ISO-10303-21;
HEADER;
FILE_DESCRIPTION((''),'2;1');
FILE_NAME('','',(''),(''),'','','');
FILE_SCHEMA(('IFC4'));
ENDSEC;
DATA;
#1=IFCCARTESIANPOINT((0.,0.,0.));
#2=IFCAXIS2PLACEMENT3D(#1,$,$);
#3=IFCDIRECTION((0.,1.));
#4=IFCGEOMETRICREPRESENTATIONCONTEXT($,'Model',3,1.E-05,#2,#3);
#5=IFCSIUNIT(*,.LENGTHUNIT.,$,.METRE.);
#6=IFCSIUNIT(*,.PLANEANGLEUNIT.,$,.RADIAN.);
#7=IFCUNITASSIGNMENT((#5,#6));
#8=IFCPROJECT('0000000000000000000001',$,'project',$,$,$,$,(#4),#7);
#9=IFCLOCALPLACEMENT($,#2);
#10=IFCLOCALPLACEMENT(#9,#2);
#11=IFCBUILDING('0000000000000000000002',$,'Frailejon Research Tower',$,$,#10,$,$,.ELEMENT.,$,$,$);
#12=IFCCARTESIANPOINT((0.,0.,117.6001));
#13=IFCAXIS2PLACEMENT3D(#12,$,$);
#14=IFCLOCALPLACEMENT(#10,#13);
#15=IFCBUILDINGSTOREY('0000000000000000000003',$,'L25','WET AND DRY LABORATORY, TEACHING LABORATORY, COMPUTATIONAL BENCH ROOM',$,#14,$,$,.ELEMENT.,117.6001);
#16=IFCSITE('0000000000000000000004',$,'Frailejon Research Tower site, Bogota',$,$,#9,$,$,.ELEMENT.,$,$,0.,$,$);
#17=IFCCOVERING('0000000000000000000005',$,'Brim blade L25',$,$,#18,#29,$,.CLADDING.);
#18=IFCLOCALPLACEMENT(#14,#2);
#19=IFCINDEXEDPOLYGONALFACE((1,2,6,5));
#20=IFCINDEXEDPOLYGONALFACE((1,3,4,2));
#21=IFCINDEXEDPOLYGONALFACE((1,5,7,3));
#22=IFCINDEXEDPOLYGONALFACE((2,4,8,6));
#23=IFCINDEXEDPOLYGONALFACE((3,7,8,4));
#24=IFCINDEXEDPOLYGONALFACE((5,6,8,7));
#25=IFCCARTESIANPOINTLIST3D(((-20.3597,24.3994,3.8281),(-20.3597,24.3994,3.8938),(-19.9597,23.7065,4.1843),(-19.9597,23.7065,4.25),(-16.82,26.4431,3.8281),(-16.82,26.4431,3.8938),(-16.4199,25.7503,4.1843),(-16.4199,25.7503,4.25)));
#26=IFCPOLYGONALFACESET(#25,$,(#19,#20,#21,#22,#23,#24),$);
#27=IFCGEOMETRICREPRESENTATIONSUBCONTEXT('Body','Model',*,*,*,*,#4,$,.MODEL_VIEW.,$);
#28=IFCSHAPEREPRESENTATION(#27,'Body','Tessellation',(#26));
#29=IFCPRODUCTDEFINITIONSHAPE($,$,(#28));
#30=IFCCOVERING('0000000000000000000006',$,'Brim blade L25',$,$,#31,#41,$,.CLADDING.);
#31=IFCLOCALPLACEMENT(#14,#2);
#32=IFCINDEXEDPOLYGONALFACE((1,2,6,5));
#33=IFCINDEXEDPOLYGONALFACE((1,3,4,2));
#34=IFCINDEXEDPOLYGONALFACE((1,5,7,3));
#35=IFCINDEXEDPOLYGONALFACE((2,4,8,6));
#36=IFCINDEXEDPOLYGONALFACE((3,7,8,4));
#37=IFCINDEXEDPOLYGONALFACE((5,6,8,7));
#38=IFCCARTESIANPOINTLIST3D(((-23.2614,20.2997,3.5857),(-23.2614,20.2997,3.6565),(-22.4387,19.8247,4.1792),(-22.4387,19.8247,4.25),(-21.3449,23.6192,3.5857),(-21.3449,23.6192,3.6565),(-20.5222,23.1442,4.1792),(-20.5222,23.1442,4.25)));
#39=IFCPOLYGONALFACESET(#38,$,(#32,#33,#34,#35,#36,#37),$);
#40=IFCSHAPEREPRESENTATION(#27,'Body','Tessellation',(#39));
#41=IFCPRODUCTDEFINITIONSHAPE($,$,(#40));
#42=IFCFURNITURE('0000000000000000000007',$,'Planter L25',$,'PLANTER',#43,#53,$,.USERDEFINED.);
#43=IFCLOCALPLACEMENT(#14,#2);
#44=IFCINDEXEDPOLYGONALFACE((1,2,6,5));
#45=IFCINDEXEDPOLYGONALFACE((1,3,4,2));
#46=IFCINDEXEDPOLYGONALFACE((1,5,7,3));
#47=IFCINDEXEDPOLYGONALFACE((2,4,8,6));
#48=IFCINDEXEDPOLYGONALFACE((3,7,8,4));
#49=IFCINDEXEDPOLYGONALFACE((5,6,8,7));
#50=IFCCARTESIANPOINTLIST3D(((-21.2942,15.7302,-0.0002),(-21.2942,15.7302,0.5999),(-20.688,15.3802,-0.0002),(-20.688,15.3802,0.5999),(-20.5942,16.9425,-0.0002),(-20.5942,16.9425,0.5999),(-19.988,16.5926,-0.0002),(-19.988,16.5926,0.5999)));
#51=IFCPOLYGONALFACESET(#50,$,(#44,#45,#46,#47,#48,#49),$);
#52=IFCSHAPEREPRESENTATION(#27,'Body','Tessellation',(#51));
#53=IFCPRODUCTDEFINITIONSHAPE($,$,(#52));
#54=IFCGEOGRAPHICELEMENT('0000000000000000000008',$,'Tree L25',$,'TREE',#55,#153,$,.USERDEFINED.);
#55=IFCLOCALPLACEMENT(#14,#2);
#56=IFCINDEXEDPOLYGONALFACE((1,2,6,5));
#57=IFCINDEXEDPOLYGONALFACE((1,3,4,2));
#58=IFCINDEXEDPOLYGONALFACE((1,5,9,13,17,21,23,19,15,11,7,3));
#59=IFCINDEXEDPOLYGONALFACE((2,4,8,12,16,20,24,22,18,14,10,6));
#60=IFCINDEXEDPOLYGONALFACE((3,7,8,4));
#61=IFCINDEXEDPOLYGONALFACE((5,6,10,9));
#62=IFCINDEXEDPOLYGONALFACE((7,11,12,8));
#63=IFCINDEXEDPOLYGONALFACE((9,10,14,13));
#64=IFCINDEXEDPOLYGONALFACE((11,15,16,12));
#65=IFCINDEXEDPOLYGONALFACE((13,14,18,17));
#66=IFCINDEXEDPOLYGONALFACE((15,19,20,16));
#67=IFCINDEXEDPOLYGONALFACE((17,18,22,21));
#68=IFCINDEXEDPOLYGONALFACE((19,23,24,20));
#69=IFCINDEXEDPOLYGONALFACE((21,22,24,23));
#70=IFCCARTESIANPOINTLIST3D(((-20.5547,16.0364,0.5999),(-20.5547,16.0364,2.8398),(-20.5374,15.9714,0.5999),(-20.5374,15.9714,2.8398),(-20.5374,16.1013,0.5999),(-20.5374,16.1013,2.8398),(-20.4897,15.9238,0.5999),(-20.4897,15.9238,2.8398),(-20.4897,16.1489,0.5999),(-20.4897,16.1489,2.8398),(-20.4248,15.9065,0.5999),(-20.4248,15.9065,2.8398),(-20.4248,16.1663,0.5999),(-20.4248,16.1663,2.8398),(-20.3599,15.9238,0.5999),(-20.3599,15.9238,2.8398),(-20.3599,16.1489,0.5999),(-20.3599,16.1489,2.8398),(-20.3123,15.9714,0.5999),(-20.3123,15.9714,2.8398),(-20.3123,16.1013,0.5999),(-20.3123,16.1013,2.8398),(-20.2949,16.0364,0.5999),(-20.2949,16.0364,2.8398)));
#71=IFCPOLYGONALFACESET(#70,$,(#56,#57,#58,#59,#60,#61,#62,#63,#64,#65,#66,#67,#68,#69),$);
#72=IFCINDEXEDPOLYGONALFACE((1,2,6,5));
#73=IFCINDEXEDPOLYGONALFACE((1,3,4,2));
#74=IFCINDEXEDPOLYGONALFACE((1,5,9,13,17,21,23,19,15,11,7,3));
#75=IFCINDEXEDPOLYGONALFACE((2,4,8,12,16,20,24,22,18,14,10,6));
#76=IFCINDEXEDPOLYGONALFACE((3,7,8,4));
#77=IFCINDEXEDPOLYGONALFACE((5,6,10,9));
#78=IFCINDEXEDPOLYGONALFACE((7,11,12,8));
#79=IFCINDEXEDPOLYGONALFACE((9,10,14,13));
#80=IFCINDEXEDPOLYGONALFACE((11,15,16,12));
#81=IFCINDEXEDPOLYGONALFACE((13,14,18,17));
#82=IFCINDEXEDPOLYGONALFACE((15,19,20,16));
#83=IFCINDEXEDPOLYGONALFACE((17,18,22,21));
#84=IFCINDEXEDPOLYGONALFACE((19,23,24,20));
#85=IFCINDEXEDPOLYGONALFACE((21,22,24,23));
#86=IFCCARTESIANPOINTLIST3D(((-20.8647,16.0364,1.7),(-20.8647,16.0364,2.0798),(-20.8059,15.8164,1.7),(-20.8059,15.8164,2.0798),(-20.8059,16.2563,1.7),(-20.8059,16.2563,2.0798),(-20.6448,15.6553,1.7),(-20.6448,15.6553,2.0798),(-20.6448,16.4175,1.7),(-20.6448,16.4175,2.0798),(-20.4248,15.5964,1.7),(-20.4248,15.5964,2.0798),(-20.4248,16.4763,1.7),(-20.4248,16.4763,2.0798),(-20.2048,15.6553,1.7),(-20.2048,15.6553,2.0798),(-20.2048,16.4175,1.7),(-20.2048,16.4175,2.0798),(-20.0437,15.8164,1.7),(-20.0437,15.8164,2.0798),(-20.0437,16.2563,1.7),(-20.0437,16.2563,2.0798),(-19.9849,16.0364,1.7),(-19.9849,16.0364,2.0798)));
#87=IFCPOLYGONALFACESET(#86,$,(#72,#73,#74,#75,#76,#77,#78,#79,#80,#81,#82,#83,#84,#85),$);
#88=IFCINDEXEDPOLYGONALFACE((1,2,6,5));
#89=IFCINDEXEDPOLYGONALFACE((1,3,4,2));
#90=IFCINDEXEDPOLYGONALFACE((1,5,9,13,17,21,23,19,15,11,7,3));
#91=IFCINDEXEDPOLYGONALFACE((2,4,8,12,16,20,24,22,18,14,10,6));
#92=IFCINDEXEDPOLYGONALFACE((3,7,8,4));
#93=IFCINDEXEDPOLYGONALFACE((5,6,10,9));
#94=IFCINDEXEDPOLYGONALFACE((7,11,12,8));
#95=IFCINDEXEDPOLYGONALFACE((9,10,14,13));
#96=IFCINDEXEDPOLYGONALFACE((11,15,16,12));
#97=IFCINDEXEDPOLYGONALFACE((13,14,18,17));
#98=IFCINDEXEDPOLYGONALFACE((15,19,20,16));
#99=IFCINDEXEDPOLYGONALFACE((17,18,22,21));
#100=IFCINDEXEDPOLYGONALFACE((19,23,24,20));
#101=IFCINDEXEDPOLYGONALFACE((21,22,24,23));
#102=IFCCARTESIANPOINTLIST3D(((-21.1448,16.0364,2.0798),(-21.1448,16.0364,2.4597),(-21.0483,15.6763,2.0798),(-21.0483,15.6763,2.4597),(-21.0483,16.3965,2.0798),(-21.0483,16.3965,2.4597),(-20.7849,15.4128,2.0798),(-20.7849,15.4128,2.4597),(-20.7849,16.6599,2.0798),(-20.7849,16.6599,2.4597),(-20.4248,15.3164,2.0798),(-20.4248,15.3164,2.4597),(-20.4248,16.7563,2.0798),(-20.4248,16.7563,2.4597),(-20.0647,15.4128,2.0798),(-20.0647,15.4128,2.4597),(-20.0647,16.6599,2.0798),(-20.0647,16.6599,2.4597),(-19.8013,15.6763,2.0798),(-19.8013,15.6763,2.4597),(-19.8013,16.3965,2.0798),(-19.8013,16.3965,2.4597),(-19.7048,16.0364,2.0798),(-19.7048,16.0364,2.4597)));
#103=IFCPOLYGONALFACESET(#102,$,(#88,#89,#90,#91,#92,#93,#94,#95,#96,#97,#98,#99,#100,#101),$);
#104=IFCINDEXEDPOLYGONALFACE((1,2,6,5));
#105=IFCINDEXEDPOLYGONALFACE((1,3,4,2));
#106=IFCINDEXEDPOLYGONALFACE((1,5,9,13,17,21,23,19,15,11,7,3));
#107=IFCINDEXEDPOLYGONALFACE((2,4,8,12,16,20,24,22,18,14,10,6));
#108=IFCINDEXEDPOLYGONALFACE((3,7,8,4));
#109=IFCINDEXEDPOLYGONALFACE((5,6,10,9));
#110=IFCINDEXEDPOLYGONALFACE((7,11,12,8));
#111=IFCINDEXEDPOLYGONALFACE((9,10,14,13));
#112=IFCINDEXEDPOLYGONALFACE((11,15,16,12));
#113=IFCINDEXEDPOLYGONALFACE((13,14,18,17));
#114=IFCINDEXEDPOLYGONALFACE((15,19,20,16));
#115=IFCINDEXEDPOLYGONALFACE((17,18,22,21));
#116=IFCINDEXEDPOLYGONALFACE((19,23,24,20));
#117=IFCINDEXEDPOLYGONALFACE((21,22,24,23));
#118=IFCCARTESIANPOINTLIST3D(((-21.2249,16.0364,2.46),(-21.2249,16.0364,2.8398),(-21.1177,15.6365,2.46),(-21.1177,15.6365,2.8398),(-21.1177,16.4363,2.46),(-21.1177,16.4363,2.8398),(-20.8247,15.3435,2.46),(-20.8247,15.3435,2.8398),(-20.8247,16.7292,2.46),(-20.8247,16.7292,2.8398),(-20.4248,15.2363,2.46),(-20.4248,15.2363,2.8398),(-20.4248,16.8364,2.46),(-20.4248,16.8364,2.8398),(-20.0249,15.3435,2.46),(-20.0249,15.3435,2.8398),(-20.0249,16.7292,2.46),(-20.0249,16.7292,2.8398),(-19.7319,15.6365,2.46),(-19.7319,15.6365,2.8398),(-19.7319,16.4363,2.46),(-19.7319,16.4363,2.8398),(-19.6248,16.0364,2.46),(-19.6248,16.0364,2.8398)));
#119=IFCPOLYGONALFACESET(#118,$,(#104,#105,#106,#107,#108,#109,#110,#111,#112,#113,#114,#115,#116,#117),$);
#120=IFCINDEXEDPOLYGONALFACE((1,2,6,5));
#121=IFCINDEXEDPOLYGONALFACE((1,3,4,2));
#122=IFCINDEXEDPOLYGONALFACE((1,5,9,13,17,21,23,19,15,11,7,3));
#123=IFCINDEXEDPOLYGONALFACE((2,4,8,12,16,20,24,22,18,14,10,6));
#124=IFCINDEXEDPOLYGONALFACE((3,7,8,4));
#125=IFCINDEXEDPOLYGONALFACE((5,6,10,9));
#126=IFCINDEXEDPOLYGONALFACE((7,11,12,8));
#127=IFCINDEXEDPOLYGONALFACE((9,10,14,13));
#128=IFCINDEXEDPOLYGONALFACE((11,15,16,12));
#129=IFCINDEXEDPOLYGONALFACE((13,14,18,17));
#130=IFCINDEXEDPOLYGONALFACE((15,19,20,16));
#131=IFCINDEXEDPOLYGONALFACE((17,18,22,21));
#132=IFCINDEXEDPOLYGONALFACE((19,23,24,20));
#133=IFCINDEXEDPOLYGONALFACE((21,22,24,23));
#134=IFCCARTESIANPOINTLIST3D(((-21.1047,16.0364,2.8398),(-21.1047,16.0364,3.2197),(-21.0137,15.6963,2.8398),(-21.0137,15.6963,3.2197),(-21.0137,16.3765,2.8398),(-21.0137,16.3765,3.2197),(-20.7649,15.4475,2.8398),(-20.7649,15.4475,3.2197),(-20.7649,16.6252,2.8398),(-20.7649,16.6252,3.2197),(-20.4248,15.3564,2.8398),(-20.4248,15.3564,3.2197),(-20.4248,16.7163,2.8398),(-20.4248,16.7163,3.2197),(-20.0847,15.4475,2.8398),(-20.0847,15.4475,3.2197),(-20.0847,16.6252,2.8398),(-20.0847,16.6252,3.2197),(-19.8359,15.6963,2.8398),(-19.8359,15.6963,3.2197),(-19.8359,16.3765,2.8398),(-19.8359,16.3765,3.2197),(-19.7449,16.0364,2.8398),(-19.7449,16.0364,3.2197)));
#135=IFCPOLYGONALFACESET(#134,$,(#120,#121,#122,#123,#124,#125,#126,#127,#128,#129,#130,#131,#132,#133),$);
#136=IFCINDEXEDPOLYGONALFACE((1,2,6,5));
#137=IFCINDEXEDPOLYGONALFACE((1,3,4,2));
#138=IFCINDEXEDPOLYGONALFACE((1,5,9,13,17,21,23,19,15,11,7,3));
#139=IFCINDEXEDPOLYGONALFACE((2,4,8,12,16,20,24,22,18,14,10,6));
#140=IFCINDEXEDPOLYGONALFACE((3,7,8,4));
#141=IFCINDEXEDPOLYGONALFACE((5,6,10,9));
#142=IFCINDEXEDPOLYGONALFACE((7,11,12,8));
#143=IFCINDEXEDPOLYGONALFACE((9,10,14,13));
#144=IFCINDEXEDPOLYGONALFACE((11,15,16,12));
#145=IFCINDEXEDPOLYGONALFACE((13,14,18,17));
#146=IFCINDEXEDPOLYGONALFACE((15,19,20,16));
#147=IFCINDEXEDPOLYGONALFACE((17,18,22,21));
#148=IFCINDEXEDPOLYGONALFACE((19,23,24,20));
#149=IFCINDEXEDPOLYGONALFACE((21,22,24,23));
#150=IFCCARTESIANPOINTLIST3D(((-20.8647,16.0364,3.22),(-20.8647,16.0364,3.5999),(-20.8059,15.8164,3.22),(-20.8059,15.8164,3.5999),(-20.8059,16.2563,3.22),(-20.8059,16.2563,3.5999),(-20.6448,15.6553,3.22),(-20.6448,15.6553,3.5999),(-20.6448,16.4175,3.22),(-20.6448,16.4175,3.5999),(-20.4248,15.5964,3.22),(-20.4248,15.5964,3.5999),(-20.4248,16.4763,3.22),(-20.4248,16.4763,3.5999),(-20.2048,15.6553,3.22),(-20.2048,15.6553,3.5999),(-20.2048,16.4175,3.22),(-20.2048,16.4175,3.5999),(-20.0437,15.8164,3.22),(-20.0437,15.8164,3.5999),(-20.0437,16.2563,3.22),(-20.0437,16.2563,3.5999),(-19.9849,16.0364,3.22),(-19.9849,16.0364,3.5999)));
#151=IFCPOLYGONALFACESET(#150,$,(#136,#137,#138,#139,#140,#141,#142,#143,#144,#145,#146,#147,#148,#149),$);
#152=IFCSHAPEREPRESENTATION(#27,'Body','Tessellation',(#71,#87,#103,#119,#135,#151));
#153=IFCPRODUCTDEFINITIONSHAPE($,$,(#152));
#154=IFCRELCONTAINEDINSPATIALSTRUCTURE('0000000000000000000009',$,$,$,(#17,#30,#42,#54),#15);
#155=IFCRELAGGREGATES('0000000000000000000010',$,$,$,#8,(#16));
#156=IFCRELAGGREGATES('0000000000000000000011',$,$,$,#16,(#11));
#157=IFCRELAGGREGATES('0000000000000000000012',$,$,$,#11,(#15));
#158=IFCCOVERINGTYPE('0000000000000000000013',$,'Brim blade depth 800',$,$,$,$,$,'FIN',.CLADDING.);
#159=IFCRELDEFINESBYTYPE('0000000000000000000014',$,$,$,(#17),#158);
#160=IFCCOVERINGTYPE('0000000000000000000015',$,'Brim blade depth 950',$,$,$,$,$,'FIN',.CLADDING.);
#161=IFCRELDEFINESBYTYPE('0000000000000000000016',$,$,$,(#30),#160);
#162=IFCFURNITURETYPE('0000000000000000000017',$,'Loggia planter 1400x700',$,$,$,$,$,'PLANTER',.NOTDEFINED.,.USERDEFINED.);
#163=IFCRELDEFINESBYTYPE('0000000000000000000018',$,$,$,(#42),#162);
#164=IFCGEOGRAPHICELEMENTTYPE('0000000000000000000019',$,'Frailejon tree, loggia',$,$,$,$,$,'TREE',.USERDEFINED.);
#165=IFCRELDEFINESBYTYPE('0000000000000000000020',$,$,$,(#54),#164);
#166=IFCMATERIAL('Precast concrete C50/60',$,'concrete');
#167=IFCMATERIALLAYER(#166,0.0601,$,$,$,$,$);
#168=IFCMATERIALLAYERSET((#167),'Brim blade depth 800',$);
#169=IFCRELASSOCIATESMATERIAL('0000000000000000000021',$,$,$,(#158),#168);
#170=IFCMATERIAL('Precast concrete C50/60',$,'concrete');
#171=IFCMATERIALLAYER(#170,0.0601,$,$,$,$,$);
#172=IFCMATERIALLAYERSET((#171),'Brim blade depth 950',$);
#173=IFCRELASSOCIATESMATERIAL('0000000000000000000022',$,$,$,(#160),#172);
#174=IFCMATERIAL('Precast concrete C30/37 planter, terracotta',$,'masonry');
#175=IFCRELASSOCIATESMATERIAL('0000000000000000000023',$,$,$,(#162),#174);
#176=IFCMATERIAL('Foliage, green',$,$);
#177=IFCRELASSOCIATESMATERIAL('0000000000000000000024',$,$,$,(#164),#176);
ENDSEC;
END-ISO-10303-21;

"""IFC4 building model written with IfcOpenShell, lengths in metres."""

from ifc_helpers import new_model, si_unit, direction, frame, origin, origin_2d, place, context, subcontext, project, spatial, polyline, rectangle, outline, extrude, material, layer, layer_set, type_object, element, save


model = new_model("IFC4")

# Units and contexts
model_context = context("Model", 3, precision=1e-05, world=origin(), true_north=direction((0.0, 1.0)))
body_context = subcontext(model_context, "Body", "Model", "MODEL_VIEW")
ifc_project = project(units=[si_unit("LENGTHUNIT", "METRE"), si_unit("PLANEANGLEUNIT", "RADIAN")], contexts=[model_context])

# Site, building, storey
site_placement = place(None, origin())
site = spatial("IfcSite", under=ifc_project, at=site_placement, Name="Frailejon Research Tower site, Bogota", CompositionType="ELEMENT", RefElevation=0.0)
building_placement = place(site_placement, origin())
building = spatial("IfcBuilding", under=site, at=building_placement, Name="Frailejon Research Tower", CompositionType="ELEMENT")
storey_placement = place(building_placement, frame((0.0, 0.0, 117.6001)))
storey = spatial("IfcBuildingStorey", under=building, at=storey_placement, Name="L25", Description="WET AND DRY LABORATORY, TEACHING LABORATORY, COMPUTATIONAL BENCH ROOM", CompositionType="ELEMENT", Elevation=117.6001)

# Coverings
ifc_material_1 = material(Name="Precast concrete C50/60", Category="concrete")
ifc_layer_1 = layer(ifc_material_1, 0.0601)
ifc_layer_set_1 = layer_set([ifc_layer_1], Name="Brim blade depth 800")
covering_type_1 = type_object("IfcCoveringType", Name="Brim blade depth 800", ElementType="FIN", PredefinedType="CLADDING", material=ifc_layer_set_1)
covering_1_placement = place(storey_placement, frame((-19.9597, 23.7065, 4.25), z_axis=(0.866021, 0.500007, 0.0), x_axis=(-0.500007, 0.866021, 0.0)))
element("IfcCovering", 1, at=covering_1_placement, inside=storey, type_object=covering_type_1, Name="Brim blade L25", PredefinedType="CLADDING", context=body_context, shape_type="SweptSolid", body=[
    extrude(outline(polyline([(0.0, -0.0657), (0.8, -0.4219), (0.8, -0.3562), (0.0, 0.0), (0.0, -0.0657)])), origin(), (0.0, 0.0, 1.0), 4.0874),
])
ifc_material_2 = material(Name="Precast concrete C50/60", Category="concrete")
ifc_layer_2 = layer(ifc_material_2, 0.0601)
ifc_layer_set_2 = layer_set([ifc_layer_2], Name="Brim blade depth 950")
covering_type_2 = type_object("IfcCoveringType", Name="Brim blade depth 950", ElementType="FIN", PredefinedType="CLADDING", material=ifc_layer_set_2)
covering_2_placement = place(storey_placement, frame((-22.4387, 19.8247, 4.25), z_axis=(0.500009, 0.86602, 0.0), x_axis=(-0.86602, 0.500009, 0.0)))
element("IfcCovering", 2, at=covering_2_placement, inside=storey, type_object=covering_type_2, Name="Brim blade L25", PredefinedType="CLADDING", context=body_context, shape_type="SweptSolid", body=[
    extrude(outline(polyline([(0.0, -0.0708), (0.95, -0.6643), (0.95, -0.5935), (0.0, 0.0), (0.0, -0.0708)])), origin(), (0.0, 0.0, 1.0), 3.833),
])

# Furniture
ifc_material_3 = material(Name="Precast concrete C30/37 planter, terracotta", Category="masonry")
furniture_type = type_object("IfcFurnitureType", Name="Loggia planter 1400x700", ElementType="PLANTER", AssemblyPlace="NOTDEFINED", PredefinedType="USERDEFINED", material=ifc_material_3)
furniture_placement = place(storey_placement, frame((-20.6411, 16.1614, -0.0002), z_axis=(0.0, 0.0, 1.0), x_axis=(-0.5, -0.866025, 0.0)))
element("IfcFurniture", 3, at=furniture_placement, inside=storey, type_object=furniture_type, Name="Planter L25", ObjectType="PLANTER", PredefinedType="USERDEFINED", context=body_context, shape_type="SweptSolid", body=[
    extrude(rectangle(XDim=1.3999, YDim=0.7, at=origin_2d()), origin(), (0.0, 0.0, 1.0), 0.6001),
])

# Geographic element
ifc_material_4 = material(Name="Foliage, green")
geographic_element_type = type_object("IfcGeographicElementType", Name="Frailejon tree, loggia", ElementType="TREE", PredefinedType="USERDEFINED", material=ifc_material_4)
geographic_element_placement = place(storey_placement, frame((-20.4248, 16.0364, 0.5999)))
element("IfcGeographicElement", 4, at=geographic_element_placement, inside=storey, type_object=geographic_element_type, Name="Tree L25", ObjectType="TREE", PredefinedType="USERDEFINED", context=body_context, shape_type="SweptSolid", body=[
    extrude(outline(polyline([(0.1299, 0.0), (0.1125, 0.0649), (0.0649, 0.1125), (0.0, 0.1299), (-0.0649, 0.1125), (-0.1125, 0.0649), (-0.1299, 0.0), (-0.1125, -0.0649), (-0.0649, -0.1125), (0.0, -0.1299), (0.0649, -0.1125), (0.1125, -0.0649), (0.1299, 0.0)])), origin(), (0.0, 0.0, 1.0), 2.24),
    extrude(outline(polyline([(0.4399, 0.0), (0.3811, 0.22), (0.22, 0.3811), (0.0, 0.4399), (-0.22, 0.3811), (-0.3811, 0.22), (-0.4399, 0.0), (-0.3811, -0.22), (-0.22, -0.3811), (0.0, -0.4399), (0.22, -0.3811), (0.3811, -0.22), (0.4399, 0.0)])), frame((0.0, 0.0, 1.1001)), (0.0, 0.0, 1.0), 0.3799),
    extrude(outline(polyline([(0.72, 0.0), (0.6235, 0.3601), (0.3601, 0.6235), (0.0, 0.72), (-0.3601, 0.6235), (-0.6235, 0.3601), (-0.72, 0.0), (-0.6235, -0.3601), (-0.3601, -0.6235), (0.0, -0.72), (0.3601, -0.6235), (0.6235, -0.3601), (0.72, 0.0)])), frame((0.0, 0.0, 1.48)), (0.0, 0.0, 1.0), 0.3799),
    extrude(outline(polyline([(0.8, 0.0), (0.6929, 0.3999), (0.3999, 0.6929), (0.0, 0.8), (-0.3999, 0.6929), (-0.6929, 0.3999), (-0.8, 0.0), (-0.6929, -0.3999), (-0.3999, -0.6929), (0.0, -0.8), (0.3999, -0.6929), (0.6929, -0.3999), (0.8, 0.0)])), frame((0.0, 0.0, 1.8601)), (0.0, 0.0, 1.0), 0.3799),
    extrude(outline(polyline([(0.6799, 0.0), (0.5889, 0.3401), (0.3401, 0.5889), (0.0, 0.6799), (-0.3401, 0.5889), (-0.5889, 0.3401), (-0.6799, 0.0), (-0.5889, -0.3401), (-0.3401, -0.5889), (0.0, -0.6799), (0.3401, -0.5889), (0.5889, -0.3401), (0.6799, 0.0)])), frame((0.0, 0.0, 2.24)), (0.0, 0.0, 1.0), 0.3799),
    extrude(outline(polyline([(0.4399, 0.0), (0.3811, 0.22), (0.22, 0.3811), (0.0, 0.4399), (-0.22, 0.3811), (-0.3811, 0.22), (-0.4399, 0.0), (-0.3811, -0.22), (-0.22, -0.3811), (0.0, -0.4399), (0.22, -0.3811), (0.3811, -0.22), (0.4399, 0.0)])), frame((0.0, 0.0, 2.6201)), (0.0, 0.0, 1.0), 0.3799),
])

save(model, "model.ifc")
